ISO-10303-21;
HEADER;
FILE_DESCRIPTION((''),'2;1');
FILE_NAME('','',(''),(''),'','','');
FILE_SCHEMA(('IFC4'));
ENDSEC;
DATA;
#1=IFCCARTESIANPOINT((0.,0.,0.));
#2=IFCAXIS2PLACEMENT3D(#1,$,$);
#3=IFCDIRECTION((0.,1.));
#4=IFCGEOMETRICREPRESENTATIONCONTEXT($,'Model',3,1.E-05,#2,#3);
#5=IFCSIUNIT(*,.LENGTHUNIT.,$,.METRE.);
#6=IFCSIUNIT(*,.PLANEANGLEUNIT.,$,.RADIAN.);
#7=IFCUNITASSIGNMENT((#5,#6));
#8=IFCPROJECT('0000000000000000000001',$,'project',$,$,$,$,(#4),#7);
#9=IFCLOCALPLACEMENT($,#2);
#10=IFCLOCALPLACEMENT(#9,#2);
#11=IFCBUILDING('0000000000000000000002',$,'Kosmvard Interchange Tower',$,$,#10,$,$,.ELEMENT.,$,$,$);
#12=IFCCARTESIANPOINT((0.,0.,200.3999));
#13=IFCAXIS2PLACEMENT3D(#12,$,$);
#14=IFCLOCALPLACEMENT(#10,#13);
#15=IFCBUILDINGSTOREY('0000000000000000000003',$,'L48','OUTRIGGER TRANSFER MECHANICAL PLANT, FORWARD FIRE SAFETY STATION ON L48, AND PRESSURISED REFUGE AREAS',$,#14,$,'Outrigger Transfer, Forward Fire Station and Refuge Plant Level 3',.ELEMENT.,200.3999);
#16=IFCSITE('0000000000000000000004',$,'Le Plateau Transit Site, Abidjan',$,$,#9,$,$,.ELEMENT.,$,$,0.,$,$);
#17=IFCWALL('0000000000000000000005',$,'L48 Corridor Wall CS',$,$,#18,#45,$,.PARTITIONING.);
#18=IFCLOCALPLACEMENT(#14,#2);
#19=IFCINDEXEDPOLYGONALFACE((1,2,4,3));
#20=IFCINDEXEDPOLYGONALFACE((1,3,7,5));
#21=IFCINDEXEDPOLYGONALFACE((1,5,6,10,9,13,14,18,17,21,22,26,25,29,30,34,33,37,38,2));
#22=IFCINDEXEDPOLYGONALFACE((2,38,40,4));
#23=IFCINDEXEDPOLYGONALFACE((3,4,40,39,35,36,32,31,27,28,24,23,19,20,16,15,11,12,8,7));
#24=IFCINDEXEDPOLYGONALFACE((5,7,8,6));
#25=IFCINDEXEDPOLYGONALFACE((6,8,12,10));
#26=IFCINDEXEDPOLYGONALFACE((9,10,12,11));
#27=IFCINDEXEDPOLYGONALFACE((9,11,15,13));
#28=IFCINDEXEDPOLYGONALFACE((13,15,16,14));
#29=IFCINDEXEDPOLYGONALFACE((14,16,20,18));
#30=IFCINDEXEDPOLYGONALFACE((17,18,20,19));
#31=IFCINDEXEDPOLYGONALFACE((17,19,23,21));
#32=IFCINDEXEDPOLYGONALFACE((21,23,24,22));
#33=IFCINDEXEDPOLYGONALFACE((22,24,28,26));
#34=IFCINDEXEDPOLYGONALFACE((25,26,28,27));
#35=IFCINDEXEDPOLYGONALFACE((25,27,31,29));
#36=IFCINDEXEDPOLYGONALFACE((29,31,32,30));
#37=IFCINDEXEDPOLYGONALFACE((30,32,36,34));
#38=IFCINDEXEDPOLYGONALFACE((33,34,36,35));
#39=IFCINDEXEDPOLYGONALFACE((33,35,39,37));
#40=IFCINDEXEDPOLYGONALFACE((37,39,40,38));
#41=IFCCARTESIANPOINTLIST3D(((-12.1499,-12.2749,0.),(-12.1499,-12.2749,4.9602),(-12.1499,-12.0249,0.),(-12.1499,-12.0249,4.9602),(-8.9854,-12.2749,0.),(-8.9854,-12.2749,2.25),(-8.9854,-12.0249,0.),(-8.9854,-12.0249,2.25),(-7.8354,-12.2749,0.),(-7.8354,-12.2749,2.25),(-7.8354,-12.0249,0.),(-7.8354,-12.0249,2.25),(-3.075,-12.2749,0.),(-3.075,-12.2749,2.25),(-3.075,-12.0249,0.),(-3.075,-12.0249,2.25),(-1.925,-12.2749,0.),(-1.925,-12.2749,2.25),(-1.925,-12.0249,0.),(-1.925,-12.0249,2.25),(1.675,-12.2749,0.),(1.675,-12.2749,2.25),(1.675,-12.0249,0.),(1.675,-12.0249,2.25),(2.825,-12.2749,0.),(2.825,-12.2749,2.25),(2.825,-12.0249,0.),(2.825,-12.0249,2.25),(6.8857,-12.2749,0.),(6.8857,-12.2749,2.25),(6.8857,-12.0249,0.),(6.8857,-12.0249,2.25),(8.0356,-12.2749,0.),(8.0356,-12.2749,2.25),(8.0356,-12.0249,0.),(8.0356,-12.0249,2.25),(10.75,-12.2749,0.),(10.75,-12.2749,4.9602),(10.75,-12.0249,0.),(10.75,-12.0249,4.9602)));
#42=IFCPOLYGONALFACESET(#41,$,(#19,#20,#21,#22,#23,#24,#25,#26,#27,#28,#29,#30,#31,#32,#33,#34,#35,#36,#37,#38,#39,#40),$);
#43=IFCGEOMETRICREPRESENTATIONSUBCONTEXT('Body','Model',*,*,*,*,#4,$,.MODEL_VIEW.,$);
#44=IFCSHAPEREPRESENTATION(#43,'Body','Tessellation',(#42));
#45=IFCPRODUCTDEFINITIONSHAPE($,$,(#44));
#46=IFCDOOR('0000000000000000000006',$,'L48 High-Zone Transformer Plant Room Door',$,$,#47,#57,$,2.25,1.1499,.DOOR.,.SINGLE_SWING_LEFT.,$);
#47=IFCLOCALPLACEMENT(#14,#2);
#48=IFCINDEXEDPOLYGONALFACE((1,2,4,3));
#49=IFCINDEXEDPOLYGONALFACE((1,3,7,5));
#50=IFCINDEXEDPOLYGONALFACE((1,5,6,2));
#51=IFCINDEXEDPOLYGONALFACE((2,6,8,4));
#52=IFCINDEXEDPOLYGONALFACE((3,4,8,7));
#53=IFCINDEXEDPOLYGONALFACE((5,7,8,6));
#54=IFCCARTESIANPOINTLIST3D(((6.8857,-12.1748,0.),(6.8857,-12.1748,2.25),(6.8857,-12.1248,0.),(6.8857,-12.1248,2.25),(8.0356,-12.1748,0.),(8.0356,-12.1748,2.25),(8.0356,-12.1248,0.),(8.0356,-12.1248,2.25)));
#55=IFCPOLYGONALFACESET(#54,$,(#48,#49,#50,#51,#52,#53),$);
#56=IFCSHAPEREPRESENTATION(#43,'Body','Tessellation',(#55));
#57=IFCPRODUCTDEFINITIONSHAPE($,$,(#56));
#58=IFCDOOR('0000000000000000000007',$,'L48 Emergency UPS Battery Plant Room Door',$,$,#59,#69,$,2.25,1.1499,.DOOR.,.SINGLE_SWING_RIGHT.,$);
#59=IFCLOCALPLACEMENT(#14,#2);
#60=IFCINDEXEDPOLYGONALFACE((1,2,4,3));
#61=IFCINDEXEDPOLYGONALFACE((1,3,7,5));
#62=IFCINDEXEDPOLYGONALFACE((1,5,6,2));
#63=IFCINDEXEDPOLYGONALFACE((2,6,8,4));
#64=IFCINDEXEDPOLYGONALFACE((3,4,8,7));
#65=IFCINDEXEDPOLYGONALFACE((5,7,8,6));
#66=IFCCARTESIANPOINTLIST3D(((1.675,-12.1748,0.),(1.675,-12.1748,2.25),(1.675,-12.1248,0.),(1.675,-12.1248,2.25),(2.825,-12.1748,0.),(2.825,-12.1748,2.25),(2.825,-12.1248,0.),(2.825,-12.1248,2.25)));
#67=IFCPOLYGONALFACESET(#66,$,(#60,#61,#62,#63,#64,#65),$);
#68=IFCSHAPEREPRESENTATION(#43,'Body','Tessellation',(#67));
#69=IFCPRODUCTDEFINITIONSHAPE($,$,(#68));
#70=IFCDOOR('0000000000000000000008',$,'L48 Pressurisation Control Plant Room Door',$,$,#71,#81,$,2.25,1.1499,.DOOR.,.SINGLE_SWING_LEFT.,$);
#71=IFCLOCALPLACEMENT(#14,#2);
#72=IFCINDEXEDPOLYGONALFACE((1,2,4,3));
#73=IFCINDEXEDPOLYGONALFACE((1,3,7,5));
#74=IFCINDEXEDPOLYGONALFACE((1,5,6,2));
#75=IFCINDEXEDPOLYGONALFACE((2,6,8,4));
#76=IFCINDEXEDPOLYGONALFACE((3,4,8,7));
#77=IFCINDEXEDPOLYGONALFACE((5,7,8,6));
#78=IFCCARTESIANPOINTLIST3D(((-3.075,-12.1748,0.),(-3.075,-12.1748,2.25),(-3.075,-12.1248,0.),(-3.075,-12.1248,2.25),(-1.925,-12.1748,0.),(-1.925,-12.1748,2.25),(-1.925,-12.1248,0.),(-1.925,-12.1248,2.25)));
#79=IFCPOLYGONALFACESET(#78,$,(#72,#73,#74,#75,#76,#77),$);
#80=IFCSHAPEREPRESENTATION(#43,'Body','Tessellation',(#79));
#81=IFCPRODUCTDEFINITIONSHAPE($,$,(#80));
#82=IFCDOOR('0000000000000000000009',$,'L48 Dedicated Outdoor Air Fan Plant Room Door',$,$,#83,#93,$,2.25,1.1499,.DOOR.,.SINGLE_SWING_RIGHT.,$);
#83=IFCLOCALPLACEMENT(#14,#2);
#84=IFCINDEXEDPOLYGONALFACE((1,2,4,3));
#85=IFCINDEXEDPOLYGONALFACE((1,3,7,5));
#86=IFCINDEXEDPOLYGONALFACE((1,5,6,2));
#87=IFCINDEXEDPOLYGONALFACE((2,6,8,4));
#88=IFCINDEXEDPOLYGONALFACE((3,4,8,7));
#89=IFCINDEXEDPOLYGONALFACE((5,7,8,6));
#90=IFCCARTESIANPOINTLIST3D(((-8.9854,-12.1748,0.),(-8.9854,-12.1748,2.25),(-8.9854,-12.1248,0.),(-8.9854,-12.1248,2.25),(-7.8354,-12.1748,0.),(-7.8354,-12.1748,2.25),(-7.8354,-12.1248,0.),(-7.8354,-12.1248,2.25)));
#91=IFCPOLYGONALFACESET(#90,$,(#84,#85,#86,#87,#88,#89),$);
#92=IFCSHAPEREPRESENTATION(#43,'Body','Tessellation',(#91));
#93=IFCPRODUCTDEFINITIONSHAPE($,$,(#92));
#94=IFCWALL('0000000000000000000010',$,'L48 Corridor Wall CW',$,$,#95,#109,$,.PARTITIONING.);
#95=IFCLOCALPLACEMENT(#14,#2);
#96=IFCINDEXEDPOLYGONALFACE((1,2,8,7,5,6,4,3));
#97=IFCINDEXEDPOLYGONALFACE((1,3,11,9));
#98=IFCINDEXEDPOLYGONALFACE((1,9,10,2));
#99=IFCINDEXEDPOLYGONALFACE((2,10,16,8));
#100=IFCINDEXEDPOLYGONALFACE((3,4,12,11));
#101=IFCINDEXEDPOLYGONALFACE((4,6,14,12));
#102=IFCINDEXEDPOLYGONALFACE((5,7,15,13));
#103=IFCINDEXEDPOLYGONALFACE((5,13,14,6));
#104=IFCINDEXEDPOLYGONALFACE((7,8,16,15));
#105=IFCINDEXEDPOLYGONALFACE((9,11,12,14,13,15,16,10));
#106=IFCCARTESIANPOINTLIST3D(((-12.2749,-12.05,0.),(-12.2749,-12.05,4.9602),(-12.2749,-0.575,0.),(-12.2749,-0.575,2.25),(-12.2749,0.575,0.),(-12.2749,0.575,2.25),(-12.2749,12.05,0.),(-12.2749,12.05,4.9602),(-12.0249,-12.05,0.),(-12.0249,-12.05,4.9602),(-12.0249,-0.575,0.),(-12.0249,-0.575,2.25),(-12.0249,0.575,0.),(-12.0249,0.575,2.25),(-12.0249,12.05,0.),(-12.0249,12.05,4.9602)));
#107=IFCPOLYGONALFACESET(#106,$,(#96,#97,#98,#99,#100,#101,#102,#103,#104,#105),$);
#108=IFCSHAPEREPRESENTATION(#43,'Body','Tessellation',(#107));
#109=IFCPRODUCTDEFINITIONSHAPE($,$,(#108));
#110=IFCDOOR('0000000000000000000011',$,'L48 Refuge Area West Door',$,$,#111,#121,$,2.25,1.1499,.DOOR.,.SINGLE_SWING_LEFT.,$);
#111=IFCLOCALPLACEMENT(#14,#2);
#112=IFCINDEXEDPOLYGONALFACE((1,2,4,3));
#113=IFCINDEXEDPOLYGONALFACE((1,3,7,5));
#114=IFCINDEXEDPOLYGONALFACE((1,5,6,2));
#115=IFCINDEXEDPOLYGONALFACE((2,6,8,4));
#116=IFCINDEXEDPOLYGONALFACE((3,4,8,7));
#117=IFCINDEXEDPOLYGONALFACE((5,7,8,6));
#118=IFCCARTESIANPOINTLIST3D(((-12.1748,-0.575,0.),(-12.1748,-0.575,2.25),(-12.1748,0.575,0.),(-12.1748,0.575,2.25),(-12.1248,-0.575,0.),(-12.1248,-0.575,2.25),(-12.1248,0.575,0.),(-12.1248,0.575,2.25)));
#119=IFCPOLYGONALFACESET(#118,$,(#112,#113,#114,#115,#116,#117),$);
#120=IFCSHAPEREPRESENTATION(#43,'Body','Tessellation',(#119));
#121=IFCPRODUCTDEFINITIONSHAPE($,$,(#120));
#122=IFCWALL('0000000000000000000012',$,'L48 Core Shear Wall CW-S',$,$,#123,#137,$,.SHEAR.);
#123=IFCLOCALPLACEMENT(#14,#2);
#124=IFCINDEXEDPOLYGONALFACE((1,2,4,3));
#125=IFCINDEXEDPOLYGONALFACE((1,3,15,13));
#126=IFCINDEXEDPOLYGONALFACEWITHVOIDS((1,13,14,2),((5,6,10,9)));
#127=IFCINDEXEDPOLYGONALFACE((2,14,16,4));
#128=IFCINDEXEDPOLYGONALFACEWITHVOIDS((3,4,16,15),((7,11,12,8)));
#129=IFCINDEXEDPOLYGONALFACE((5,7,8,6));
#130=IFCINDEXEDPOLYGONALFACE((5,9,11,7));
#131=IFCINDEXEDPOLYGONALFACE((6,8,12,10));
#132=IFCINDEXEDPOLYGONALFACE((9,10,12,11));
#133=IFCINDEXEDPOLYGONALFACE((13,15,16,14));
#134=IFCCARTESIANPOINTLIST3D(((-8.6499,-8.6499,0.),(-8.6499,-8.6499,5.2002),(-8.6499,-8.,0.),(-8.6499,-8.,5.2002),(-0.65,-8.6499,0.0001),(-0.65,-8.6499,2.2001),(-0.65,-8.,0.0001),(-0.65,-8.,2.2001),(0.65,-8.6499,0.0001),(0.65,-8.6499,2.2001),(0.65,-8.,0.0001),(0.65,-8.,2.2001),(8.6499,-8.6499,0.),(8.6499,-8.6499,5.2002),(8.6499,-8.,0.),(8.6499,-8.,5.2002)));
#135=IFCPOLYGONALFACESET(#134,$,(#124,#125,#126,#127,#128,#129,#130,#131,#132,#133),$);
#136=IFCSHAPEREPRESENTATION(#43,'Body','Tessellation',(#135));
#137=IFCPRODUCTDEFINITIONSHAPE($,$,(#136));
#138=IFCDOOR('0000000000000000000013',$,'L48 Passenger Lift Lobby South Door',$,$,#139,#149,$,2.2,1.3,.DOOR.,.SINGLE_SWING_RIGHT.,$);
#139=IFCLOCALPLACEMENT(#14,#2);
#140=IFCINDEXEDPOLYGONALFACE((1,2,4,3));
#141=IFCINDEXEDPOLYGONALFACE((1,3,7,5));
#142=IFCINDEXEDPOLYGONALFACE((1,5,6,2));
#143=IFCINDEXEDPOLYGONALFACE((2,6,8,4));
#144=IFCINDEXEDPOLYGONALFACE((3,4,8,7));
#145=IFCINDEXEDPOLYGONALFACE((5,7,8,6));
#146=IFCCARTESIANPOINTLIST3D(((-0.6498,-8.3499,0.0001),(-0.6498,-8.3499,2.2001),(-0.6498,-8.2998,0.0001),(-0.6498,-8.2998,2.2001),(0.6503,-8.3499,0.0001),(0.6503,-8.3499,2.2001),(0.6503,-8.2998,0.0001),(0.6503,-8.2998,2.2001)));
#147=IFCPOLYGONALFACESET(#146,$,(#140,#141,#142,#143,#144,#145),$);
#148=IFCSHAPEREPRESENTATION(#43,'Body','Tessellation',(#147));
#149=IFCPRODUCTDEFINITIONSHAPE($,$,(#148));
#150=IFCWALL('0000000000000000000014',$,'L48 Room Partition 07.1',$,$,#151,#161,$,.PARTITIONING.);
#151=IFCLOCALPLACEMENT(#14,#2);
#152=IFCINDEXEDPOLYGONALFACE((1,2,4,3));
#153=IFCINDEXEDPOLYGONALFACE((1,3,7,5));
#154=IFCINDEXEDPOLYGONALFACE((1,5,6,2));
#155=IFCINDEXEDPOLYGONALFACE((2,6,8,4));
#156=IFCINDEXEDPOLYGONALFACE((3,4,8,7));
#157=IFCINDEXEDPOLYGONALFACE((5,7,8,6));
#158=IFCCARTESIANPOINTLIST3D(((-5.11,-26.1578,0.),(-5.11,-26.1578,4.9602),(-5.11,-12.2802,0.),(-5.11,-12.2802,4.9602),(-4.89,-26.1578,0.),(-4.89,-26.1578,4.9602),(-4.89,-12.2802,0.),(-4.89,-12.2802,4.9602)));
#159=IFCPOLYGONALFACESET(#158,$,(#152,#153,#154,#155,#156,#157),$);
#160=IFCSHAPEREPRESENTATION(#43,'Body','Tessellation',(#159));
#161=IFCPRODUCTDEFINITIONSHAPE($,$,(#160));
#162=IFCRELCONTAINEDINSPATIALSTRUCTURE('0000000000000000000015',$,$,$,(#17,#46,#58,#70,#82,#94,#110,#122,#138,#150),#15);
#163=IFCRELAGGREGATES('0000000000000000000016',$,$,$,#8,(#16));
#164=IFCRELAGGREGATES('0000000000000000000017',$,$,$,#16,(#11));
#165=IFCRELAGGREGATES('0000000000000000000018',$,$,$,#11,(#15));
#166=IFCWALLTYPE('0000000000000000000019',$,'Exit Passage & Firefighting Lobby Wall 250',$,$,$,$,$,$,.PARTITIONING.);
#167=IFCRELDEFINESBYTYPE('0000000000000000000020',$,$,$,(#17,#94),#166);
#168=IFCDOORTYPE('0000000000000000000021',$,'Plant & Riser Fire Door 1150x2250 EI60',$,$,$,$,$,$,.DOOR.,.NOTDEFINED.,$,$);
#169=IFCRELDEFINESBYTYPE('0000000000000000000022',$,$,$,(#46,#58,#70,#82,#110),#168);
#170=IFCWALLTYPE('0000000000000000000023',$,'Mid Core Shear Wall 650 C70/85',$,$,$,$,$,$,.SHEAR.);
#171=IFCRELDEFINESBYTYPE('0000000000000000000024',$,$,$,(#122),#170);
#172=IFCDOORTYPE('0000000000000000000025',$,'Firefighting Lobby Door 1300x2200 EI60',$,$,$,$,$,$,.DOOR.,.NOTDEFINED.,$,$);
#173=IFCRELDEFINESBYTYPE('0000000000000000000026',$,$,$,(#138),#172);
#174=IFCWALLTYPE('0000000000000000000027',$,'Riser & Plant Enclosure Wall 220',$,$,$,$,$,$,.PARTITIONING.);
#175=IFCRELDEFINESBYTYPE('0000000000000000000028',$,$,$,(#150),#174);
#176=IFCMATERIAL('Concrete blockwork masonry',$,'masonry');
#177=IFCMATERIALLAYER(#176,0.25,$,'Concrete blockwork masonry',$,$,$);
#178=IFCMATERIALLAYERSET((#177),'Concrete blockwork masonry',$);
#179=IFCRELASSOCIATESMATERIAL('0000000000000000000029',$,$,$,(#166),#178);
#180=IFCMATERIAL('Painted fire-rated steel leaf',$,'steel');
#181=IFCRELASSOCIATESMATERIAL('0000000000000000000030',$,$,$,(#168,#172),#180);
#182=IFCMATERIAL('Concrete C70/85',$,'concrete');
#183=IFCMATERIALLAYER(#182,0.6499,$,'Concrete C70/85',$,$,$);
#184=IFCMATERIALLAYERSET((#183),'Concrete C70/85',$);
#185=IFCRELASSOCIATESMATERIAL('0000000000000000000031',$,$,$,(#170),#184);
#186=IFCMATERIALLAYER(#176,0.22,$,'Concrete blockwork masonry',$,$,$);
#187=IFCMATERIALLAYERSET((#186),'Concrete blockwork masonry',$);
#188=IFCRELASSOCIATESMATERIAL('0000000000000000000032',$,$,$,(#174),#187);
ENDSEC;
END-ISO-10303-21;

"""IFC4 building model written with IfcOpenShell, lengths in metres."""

from ifc_helpers import new_model, si_unit, direction, frame, frame_2d, origin, place, context, subcontext, project, spatial, rectangle, extrude, source, transform, mapped, material, layer, layer_set, type_object, element, fill, save


model = new_model("IFC4")

# Units and contexts
model_context = context("Model", 3, precision=1e-05, world=origin(), true_north=direction((0.0, 1.0)))
body_context = subcontext(model_context, "Body", "Model", "MODEL_VIEW")
ifc_project = project(units=[si_unit("LENGTHUNIT", "METRE"), si_unit("PLANEANGLEUNIT", "RADIAN")], contexts=[model_context])

# Site, building, storey
site_placement = place(None, origin())
site = spatial("IfcSite", under=ifc_project, at=site_placement, Name="Le Plateau Transit Site, Abidjan", CompositionType="ELEMENT", RefElevation=0.0)
building_placement = place(site_placement, origin())
building = spatial("IfcBuilding", under=site, at=building_placement, Name="Kosmvard Interchange Tower", CompositionType="ELEMENT")
storey_placement = place(building_placement, frame((0.0, 0.0, 200.3999)))
storey = spatial("IfcBuildingStorey", under=building, at=storey_placement, Name="L48", Description="OUTRIGGER TRANSFER MECHANICAL PLANT, FORWARD FIRE SAFETY STATION ON L48, AND PRESSURISED REFUGE AREAS", LongName="Outrigger Transfer, Forward Fire Station and Refuge Plant Level 3", CompositionType="ELEMENT", Elevation=200.3999)

# Wall, openings, doors
ifc_material_1 = material(Name="Concrete blockwork masonry", Category="masonry")
ifc_layer_1 = layer(ifc_material_1, 0.25, Name="Concrete blockwork masonry")
ifc_layer_set_1 = layer_set([ifc_layer_1], Name="Concrete blockwork masonry")
wall_type_1 = type_object("IfcWallType", Name="Exit Passage & Firefighting Lobby Wall 250", PredefinedType="PARTITIONING", material=ifc_layer_set_1)
wall_1_placement = place(storey_placement, frame((-12.1499, -12.1499, 0.0), z_axis=(0.0, 0.0, 1.0), x_axis=(1.0, 0.0, 0.0)))
wall_1 = element("IfcWall", 1, at=wall_1_placement, inside=storey, type_object=wall_type_1, Name="L48 Corridor Wall CS", PredefinedType="PARTITIONING", context=body_context, shape_type="SweptSolid", body=[
    extrude(rectangle(XDim=22.8999, YDim=0.25, at=frame_2d((11.45, 0.0))), origin(), (0.0, 0.0, 1.0), 4.9602),
])
opening_1_placement = place(wall_1_placement, frame((19.0356, 0.0, 0.0)))
opening_1 = element("IfcOpeningElement", 2, at=opening_1_placement, cuts=wall_1, PredefinedType="OPENING", context=body_context, shape_type="SweptSolid", body=[
    extrude(rectangle(XDim=1.1499, YDim=2.25, at=frame_2d((0.575, 1.125))), frame((0.0, 0.135, 0.0), z_axis=(0.0, -1.0, 0.0), x_axis=(1.0, 0.0, 0.0)), (0.0, 0.0, 1.0), 0.27),
])
opening_2_placement = place(wall_1_placement, frame((13.825, 0.0, 0.0)))
opening_2 = element("IfcOpeningElement", 3, at=opening_2_placement, cuts=wall_1, PredefinedType="OPENING", context=body_context, shape_type="SweptSolid", body=[
    extrude(rectangle(XDim=1.1499, YDim=2.25, at=frame_2d((0.575, 1.125))), frame((0.0, 0.135, 0.0), z_axis=(0.0, -1.0, 0.0), x_axis=(1.0, 0.0, 0.0)), (0.0, 0.0, 1.0), 0.27),
])
opening_3_placement = place(wall_1_placement, frame((9.075, 0.0, 0.0)))
opening_3 = element("IfcOpeningElement", 4, at=opening_3_placement, cuts=wall_1, PredefinedType="OPENING", context=body_context, shape_type="SweptSolid", body=[
    extrude(rectangle(XDim=1.1499, YDim=2.25, at=frame_2d((0.575, 1.125))), frame((0.0, 0.135, 0.0), z_axis=(0.0, -1.0, 0.0), x_axis=(1.0, 0.0, 0.0)), (0.0, 0.0, 1.0), 0.27),
])
opening_4_placement = place(wall_1_placement, frame((3.1646, 0.0, 0.0)))
opening_4 = element("IfcOpeningElement", 5, at=opening_4_placement, cuts=wall_1, PredefinedType="OPENING", context=body_context, shape_type="SweptSolid", body=[
    extrude(rectangle(XDim=1.1499, YDim=2.25, at=frame_2d((0.575, 1.125))), frame((0.0, 0.135, 0.0), z_axis=(0.0, -1.0, 0.0), x_axis=(1.0, 0.0, 0.0)), (0.0, 0.0, 1.0), 0.27),
])
ifc_material_2 = material(Name="Painted fire-rated steel leaf", Category="steel")
door_type_1 = type_object("IfcDoorType", Name="Plant & Riser Fire Door 1150x2250 EI60", OperationType="NOTDEFINED", PredefinedType="DOOR", material=ifc_material_2)
shared_shape_1 = source(origin(), body_context, "Body", "SweptSolid", [
    extrude(rectangle(XDim=1.1499, YDim=2.25, at=frame_2d((0.575, 1.125))), frame((0.0, 0.0249, 0.0), z_axis=(0.0, -1.0, 0.0), x_axis=(1.0, 0.0, 0.0)), (0.0, 0.0, 1.0), 0.05),
])
door_1_placement = place(opening_1_placement, frame((1.1499, 0.0, 0.0), z_axis=(0.0, 0.0, 1.0), x_axis=(-1.0, 0.0, 0.0)))
door_1 = element("IfcDoor", 6, at=door_1_placement, inside=storey, type_object=door_type_1, Name="L48 High-Zone Transformer Plant Room Door", OperationType="SINGLE_SWING_LEFT", OverallHeight=2.25, OverallWidth=1.1499, PredefinedType="DOOR", context=body_context, shape_type="MappedRepresentation", body=[
    mapped(shared_shape_1, transform((0.0, 0.0, 0.0), scale=1.0)),
])
fill(opening_1, door_1)
door_2_placement = place(opening_2_placement, frame((1.1499, 0.0, 0.0), z_axis=(0.0, 0.0, 1.0), x_axis=(-1.0, 0.0, 0.0)))
door_2 = element("IfcDoor", 7, at=door_2_placement, inside=storey, type_object=door_type_1, Name="L48 Emergency UPS Battery Plant Room Door", OperationType="SINGLE_SWING_RIGHT", OverallHeight=2.25, OverallWidth=1.1499, PredefinedType="DOOR", context=body_context, shape_type="MappedRepresentation", body=[
    mapped(shared_shape_1, transform((0.0, 0.0, 0.0), scale=1.0)),
])
fill(opening_2, door_2)
door_3_placement = place(opening_3_placement, frame((1.1499, 0.0, 0.0), z_axis=(0.0, 0.0, 1.0), x_axis=(-1.0, 0.0, 0.0)))
door_3 = element("IfcDoor", 8, at=door_3_placement, inside=storey, type_object=door_type_1, Name="L48 Pressurisation Control Plant Room Door", OperationType="SINGLE_SWING_LEFT", OverallHeight=2.25, OverallWidth=1.1499, PredefinedType="DOOR", context=body_context, shape_type="MappedRepresentation", body=[
    mapped(shared_shape_1, transform((0.0, 0.0, 0.0), scale=1.0)),
])
fill(opening_3, door_3)
door_4_placement = place(opening_4_placement, frame((1.1499, 0.0, 0.0), z_axis=(0.0, 0.0, 1.0), x_axis=(-1.0, 0.0, 0.0)))
door_4 = element("IfcDoor", 9, at=door_4_placement, inside=storey, type_object=door_type_1, Name="L48 Dedicated Outdoor Air Fan Plant Room Door", OperationType="SINGLE_SWING_RIGHT", OverallHeight=2.25, OverallWidth=1.1499, PredefinedType="DOOR", context=body_context, shape_type="MappedRepresentation", body=[
    mapped(shared_shape_1, transform((0.0, 0.0, 0.0), scale=1.0)),
])
fill(opening_4, door_4)

# Walls, openings, doors
wall_2_placement = place(storey_placement, frame((-12.1499, -12.05, 0.0), z_axis=(0.0, 0.0, 1.0), x_axis=(0.0, 1.0, 0.0)))
wall_2 = element("IfcWall", 10, at=wall_2_placement, inside=storey, type_object=wall_type_1, Name="L48 Corridor Wall CW", PredefinedType="PARTITIONING", context=body_context, shape_type="SweptSolid", body=[
    extrude(rectangle(XDim=24.1001, YDim=0.25, at=frame_2d((12.05, 0.0))), origin(), (0.0, 0.0, 1.0), 4.9602),
])
opening_5_placement = place(wall_2_placement, frame((11.4751, 0.0, 0.0)))
opening_5 = element("IfcOpeningElement", 11, at=opening_5_placement, cuts=wall_2, PredefinedType="OPENING", context=body_context, shape_type="SweptSolid", body=[
    extrude(rectangle(XDim=1.1499, YDim=2.25, at=frame_2d((0.575, 1.125))), frame((0.0, 0.135, 0.0), z_axis=(0.0, -1.0, 0.0), x_axis=(1.0, 0.0, 0.0)), (0.0, 0.0, 1.0), 0.27),
])
door_5_placement = place(opening_5_placement, origin())
door_5 = element("IfcDoor", 12, at=door_5_placement, inside=storey, type_object=door_type_1, Name="L48 Refuge Area West Door", OperationType="SINGLE_SWING_LEFT", OverallHeight=2.25, OverallWidth=1.1499, PredefinedType="DOOR", context=body_context, shape_type="MappedRepresentation", body=[
    mapped(shared_shape_1, transform((0.0, 0.0, 0.0), scale=1.0)),
])
fill(opening_5, door_5)
ifc_material_3 = material(Name="Concrete C70/85", Category="concrete")
ifc_layer_2 = layer(ifc_material_3, 0.6499, Name="Concrete C70/85")
ifc_layer_set_2 = layer_set([ifc_layer_2], Name="Concrete C70/85")
wall_type_2 = type_object("IfcWallType", Name="Mid Core Shear Wall 650 C70/85", PredefinedType="SHEAR", material=ifc_layer_set_2)
wall_3_placement = place(storey_placement, frame((-8.6499, -8.325, 0.0), z_axis=(0.0, 0.0, 1.0), x_axis=(1.0, 0.0, 0.0)))
wall_3 = element("IfcWall", 13, at=wall_3_placement, inside=storey, type_object=wall_type_2, Name="L48 Core Shear Wall CW-S", PredefinedType="SHEAR", context=body_context, shape_type="SweptSolid", body=[
    extrude(rectangle(XDim=17.2998, YDim=0.6499, at=frame_2d((8.6499, 0.0))), origin(), (0.0, 0.0, 1.0), 5.2002),
])
opening_6_placement = place(wall_3_placement, frame((8.0, 0.0, 0.0)))
opening_6 = element("IfcOpeningElement", 14, at=opening_6_placement, cuts=wall_3, PredefinedType="OPENING", context=body_context, shape_type="SweptSolid", body=[
    extrude(rectangle(XDim=1.3, YDim=2.2, at=frame_2d((0.6499, 1.1001))), frame((0.0, 0.335, 0.0), z_axis=(0.0, -1.0, 0.0), x_axis=(1.0, 0.0, 0.0)), (0.0, 0.0, 1.0), 0.6699),
])
door_type_2 = type_object("IfcDoorType", Name="Firefighting Lobby Door 1300x2200 EI60", OperationType="NOTDEFINED", PredefinedType="DOOR", material=ifc_material_2)
shared_shape_2 = source(origin(), body_context, "Body", "SweptSolid", [
    extrude(rectangle(XDim=1.3, YDim=2.2, at=frame_2d((0.6499, 1.1001))), frame((0.0, 0.0249, 0.0), z_axis=(0.0, -1.0, 0.0), x_axis=(1.0, 0.0, 0.0)), (0.0, 0.0, 1.0), 0.05),
])
door_6_placement = place(opening_6_placement, frame((1.3, 0.0, 0.0), z_axis=(0.0, 0.0, 1.0), x_axis=(-1.0, 0.0, 0.0)))
door_6 = element("IfcDoor", 15, at=door_6_placement, inside=storey, type_object=door_type_2, Name="L48 Passenger Lift Lobby South Door", OperationType="SINGLE_SWING_RIGHT", OverallHeight=2.2, OverallWidth=1.3, PredefinedType="DOOR", context=body_context, shape_type="MappedRepresentation", body=[
    mapped(shared_shape_2, transform((0.0, 0.0, 0.0), scale=1.0)),
])
fill(opening_6, door_6)

# Wall
ifc_layer_3 = layer(ifc_material_1, 0.22, Name="Concrete blockwork masonry")
ifc_layer_set_3 = layer_set([ifc_layer_3], Name="Concrete blockwork masonry")
wall_type_3 = type_object("IfcWallType", Name="Riser & Plant Enclosure Wall 220", PredefinedType="PARTITIONING", material=ifc_layer_set_3)
wall_4_placement = place(storey_placement, frame((-5.0, -12.28, 0.0), z_axis=(0.0, 0.0, 1.0), x_axis=(0.0, -1.0, 0.0)))
element("IfcWall", 16, at=wall_4_placement, inside=storey, type_object=wall_type_3, Name="L48 Room Partition 07.1", PredefinedType="PARTITIONING", context=body_context, shape_type="SweptSolid", body=[
    extrude(rectangle(XDim=13.8777, YDim=0.22, at=frame_2d((6.939, 0.0))), origin(), (0.0, 0.0, 1.0), 4.9602),
])

save(model, "model.ifc")
